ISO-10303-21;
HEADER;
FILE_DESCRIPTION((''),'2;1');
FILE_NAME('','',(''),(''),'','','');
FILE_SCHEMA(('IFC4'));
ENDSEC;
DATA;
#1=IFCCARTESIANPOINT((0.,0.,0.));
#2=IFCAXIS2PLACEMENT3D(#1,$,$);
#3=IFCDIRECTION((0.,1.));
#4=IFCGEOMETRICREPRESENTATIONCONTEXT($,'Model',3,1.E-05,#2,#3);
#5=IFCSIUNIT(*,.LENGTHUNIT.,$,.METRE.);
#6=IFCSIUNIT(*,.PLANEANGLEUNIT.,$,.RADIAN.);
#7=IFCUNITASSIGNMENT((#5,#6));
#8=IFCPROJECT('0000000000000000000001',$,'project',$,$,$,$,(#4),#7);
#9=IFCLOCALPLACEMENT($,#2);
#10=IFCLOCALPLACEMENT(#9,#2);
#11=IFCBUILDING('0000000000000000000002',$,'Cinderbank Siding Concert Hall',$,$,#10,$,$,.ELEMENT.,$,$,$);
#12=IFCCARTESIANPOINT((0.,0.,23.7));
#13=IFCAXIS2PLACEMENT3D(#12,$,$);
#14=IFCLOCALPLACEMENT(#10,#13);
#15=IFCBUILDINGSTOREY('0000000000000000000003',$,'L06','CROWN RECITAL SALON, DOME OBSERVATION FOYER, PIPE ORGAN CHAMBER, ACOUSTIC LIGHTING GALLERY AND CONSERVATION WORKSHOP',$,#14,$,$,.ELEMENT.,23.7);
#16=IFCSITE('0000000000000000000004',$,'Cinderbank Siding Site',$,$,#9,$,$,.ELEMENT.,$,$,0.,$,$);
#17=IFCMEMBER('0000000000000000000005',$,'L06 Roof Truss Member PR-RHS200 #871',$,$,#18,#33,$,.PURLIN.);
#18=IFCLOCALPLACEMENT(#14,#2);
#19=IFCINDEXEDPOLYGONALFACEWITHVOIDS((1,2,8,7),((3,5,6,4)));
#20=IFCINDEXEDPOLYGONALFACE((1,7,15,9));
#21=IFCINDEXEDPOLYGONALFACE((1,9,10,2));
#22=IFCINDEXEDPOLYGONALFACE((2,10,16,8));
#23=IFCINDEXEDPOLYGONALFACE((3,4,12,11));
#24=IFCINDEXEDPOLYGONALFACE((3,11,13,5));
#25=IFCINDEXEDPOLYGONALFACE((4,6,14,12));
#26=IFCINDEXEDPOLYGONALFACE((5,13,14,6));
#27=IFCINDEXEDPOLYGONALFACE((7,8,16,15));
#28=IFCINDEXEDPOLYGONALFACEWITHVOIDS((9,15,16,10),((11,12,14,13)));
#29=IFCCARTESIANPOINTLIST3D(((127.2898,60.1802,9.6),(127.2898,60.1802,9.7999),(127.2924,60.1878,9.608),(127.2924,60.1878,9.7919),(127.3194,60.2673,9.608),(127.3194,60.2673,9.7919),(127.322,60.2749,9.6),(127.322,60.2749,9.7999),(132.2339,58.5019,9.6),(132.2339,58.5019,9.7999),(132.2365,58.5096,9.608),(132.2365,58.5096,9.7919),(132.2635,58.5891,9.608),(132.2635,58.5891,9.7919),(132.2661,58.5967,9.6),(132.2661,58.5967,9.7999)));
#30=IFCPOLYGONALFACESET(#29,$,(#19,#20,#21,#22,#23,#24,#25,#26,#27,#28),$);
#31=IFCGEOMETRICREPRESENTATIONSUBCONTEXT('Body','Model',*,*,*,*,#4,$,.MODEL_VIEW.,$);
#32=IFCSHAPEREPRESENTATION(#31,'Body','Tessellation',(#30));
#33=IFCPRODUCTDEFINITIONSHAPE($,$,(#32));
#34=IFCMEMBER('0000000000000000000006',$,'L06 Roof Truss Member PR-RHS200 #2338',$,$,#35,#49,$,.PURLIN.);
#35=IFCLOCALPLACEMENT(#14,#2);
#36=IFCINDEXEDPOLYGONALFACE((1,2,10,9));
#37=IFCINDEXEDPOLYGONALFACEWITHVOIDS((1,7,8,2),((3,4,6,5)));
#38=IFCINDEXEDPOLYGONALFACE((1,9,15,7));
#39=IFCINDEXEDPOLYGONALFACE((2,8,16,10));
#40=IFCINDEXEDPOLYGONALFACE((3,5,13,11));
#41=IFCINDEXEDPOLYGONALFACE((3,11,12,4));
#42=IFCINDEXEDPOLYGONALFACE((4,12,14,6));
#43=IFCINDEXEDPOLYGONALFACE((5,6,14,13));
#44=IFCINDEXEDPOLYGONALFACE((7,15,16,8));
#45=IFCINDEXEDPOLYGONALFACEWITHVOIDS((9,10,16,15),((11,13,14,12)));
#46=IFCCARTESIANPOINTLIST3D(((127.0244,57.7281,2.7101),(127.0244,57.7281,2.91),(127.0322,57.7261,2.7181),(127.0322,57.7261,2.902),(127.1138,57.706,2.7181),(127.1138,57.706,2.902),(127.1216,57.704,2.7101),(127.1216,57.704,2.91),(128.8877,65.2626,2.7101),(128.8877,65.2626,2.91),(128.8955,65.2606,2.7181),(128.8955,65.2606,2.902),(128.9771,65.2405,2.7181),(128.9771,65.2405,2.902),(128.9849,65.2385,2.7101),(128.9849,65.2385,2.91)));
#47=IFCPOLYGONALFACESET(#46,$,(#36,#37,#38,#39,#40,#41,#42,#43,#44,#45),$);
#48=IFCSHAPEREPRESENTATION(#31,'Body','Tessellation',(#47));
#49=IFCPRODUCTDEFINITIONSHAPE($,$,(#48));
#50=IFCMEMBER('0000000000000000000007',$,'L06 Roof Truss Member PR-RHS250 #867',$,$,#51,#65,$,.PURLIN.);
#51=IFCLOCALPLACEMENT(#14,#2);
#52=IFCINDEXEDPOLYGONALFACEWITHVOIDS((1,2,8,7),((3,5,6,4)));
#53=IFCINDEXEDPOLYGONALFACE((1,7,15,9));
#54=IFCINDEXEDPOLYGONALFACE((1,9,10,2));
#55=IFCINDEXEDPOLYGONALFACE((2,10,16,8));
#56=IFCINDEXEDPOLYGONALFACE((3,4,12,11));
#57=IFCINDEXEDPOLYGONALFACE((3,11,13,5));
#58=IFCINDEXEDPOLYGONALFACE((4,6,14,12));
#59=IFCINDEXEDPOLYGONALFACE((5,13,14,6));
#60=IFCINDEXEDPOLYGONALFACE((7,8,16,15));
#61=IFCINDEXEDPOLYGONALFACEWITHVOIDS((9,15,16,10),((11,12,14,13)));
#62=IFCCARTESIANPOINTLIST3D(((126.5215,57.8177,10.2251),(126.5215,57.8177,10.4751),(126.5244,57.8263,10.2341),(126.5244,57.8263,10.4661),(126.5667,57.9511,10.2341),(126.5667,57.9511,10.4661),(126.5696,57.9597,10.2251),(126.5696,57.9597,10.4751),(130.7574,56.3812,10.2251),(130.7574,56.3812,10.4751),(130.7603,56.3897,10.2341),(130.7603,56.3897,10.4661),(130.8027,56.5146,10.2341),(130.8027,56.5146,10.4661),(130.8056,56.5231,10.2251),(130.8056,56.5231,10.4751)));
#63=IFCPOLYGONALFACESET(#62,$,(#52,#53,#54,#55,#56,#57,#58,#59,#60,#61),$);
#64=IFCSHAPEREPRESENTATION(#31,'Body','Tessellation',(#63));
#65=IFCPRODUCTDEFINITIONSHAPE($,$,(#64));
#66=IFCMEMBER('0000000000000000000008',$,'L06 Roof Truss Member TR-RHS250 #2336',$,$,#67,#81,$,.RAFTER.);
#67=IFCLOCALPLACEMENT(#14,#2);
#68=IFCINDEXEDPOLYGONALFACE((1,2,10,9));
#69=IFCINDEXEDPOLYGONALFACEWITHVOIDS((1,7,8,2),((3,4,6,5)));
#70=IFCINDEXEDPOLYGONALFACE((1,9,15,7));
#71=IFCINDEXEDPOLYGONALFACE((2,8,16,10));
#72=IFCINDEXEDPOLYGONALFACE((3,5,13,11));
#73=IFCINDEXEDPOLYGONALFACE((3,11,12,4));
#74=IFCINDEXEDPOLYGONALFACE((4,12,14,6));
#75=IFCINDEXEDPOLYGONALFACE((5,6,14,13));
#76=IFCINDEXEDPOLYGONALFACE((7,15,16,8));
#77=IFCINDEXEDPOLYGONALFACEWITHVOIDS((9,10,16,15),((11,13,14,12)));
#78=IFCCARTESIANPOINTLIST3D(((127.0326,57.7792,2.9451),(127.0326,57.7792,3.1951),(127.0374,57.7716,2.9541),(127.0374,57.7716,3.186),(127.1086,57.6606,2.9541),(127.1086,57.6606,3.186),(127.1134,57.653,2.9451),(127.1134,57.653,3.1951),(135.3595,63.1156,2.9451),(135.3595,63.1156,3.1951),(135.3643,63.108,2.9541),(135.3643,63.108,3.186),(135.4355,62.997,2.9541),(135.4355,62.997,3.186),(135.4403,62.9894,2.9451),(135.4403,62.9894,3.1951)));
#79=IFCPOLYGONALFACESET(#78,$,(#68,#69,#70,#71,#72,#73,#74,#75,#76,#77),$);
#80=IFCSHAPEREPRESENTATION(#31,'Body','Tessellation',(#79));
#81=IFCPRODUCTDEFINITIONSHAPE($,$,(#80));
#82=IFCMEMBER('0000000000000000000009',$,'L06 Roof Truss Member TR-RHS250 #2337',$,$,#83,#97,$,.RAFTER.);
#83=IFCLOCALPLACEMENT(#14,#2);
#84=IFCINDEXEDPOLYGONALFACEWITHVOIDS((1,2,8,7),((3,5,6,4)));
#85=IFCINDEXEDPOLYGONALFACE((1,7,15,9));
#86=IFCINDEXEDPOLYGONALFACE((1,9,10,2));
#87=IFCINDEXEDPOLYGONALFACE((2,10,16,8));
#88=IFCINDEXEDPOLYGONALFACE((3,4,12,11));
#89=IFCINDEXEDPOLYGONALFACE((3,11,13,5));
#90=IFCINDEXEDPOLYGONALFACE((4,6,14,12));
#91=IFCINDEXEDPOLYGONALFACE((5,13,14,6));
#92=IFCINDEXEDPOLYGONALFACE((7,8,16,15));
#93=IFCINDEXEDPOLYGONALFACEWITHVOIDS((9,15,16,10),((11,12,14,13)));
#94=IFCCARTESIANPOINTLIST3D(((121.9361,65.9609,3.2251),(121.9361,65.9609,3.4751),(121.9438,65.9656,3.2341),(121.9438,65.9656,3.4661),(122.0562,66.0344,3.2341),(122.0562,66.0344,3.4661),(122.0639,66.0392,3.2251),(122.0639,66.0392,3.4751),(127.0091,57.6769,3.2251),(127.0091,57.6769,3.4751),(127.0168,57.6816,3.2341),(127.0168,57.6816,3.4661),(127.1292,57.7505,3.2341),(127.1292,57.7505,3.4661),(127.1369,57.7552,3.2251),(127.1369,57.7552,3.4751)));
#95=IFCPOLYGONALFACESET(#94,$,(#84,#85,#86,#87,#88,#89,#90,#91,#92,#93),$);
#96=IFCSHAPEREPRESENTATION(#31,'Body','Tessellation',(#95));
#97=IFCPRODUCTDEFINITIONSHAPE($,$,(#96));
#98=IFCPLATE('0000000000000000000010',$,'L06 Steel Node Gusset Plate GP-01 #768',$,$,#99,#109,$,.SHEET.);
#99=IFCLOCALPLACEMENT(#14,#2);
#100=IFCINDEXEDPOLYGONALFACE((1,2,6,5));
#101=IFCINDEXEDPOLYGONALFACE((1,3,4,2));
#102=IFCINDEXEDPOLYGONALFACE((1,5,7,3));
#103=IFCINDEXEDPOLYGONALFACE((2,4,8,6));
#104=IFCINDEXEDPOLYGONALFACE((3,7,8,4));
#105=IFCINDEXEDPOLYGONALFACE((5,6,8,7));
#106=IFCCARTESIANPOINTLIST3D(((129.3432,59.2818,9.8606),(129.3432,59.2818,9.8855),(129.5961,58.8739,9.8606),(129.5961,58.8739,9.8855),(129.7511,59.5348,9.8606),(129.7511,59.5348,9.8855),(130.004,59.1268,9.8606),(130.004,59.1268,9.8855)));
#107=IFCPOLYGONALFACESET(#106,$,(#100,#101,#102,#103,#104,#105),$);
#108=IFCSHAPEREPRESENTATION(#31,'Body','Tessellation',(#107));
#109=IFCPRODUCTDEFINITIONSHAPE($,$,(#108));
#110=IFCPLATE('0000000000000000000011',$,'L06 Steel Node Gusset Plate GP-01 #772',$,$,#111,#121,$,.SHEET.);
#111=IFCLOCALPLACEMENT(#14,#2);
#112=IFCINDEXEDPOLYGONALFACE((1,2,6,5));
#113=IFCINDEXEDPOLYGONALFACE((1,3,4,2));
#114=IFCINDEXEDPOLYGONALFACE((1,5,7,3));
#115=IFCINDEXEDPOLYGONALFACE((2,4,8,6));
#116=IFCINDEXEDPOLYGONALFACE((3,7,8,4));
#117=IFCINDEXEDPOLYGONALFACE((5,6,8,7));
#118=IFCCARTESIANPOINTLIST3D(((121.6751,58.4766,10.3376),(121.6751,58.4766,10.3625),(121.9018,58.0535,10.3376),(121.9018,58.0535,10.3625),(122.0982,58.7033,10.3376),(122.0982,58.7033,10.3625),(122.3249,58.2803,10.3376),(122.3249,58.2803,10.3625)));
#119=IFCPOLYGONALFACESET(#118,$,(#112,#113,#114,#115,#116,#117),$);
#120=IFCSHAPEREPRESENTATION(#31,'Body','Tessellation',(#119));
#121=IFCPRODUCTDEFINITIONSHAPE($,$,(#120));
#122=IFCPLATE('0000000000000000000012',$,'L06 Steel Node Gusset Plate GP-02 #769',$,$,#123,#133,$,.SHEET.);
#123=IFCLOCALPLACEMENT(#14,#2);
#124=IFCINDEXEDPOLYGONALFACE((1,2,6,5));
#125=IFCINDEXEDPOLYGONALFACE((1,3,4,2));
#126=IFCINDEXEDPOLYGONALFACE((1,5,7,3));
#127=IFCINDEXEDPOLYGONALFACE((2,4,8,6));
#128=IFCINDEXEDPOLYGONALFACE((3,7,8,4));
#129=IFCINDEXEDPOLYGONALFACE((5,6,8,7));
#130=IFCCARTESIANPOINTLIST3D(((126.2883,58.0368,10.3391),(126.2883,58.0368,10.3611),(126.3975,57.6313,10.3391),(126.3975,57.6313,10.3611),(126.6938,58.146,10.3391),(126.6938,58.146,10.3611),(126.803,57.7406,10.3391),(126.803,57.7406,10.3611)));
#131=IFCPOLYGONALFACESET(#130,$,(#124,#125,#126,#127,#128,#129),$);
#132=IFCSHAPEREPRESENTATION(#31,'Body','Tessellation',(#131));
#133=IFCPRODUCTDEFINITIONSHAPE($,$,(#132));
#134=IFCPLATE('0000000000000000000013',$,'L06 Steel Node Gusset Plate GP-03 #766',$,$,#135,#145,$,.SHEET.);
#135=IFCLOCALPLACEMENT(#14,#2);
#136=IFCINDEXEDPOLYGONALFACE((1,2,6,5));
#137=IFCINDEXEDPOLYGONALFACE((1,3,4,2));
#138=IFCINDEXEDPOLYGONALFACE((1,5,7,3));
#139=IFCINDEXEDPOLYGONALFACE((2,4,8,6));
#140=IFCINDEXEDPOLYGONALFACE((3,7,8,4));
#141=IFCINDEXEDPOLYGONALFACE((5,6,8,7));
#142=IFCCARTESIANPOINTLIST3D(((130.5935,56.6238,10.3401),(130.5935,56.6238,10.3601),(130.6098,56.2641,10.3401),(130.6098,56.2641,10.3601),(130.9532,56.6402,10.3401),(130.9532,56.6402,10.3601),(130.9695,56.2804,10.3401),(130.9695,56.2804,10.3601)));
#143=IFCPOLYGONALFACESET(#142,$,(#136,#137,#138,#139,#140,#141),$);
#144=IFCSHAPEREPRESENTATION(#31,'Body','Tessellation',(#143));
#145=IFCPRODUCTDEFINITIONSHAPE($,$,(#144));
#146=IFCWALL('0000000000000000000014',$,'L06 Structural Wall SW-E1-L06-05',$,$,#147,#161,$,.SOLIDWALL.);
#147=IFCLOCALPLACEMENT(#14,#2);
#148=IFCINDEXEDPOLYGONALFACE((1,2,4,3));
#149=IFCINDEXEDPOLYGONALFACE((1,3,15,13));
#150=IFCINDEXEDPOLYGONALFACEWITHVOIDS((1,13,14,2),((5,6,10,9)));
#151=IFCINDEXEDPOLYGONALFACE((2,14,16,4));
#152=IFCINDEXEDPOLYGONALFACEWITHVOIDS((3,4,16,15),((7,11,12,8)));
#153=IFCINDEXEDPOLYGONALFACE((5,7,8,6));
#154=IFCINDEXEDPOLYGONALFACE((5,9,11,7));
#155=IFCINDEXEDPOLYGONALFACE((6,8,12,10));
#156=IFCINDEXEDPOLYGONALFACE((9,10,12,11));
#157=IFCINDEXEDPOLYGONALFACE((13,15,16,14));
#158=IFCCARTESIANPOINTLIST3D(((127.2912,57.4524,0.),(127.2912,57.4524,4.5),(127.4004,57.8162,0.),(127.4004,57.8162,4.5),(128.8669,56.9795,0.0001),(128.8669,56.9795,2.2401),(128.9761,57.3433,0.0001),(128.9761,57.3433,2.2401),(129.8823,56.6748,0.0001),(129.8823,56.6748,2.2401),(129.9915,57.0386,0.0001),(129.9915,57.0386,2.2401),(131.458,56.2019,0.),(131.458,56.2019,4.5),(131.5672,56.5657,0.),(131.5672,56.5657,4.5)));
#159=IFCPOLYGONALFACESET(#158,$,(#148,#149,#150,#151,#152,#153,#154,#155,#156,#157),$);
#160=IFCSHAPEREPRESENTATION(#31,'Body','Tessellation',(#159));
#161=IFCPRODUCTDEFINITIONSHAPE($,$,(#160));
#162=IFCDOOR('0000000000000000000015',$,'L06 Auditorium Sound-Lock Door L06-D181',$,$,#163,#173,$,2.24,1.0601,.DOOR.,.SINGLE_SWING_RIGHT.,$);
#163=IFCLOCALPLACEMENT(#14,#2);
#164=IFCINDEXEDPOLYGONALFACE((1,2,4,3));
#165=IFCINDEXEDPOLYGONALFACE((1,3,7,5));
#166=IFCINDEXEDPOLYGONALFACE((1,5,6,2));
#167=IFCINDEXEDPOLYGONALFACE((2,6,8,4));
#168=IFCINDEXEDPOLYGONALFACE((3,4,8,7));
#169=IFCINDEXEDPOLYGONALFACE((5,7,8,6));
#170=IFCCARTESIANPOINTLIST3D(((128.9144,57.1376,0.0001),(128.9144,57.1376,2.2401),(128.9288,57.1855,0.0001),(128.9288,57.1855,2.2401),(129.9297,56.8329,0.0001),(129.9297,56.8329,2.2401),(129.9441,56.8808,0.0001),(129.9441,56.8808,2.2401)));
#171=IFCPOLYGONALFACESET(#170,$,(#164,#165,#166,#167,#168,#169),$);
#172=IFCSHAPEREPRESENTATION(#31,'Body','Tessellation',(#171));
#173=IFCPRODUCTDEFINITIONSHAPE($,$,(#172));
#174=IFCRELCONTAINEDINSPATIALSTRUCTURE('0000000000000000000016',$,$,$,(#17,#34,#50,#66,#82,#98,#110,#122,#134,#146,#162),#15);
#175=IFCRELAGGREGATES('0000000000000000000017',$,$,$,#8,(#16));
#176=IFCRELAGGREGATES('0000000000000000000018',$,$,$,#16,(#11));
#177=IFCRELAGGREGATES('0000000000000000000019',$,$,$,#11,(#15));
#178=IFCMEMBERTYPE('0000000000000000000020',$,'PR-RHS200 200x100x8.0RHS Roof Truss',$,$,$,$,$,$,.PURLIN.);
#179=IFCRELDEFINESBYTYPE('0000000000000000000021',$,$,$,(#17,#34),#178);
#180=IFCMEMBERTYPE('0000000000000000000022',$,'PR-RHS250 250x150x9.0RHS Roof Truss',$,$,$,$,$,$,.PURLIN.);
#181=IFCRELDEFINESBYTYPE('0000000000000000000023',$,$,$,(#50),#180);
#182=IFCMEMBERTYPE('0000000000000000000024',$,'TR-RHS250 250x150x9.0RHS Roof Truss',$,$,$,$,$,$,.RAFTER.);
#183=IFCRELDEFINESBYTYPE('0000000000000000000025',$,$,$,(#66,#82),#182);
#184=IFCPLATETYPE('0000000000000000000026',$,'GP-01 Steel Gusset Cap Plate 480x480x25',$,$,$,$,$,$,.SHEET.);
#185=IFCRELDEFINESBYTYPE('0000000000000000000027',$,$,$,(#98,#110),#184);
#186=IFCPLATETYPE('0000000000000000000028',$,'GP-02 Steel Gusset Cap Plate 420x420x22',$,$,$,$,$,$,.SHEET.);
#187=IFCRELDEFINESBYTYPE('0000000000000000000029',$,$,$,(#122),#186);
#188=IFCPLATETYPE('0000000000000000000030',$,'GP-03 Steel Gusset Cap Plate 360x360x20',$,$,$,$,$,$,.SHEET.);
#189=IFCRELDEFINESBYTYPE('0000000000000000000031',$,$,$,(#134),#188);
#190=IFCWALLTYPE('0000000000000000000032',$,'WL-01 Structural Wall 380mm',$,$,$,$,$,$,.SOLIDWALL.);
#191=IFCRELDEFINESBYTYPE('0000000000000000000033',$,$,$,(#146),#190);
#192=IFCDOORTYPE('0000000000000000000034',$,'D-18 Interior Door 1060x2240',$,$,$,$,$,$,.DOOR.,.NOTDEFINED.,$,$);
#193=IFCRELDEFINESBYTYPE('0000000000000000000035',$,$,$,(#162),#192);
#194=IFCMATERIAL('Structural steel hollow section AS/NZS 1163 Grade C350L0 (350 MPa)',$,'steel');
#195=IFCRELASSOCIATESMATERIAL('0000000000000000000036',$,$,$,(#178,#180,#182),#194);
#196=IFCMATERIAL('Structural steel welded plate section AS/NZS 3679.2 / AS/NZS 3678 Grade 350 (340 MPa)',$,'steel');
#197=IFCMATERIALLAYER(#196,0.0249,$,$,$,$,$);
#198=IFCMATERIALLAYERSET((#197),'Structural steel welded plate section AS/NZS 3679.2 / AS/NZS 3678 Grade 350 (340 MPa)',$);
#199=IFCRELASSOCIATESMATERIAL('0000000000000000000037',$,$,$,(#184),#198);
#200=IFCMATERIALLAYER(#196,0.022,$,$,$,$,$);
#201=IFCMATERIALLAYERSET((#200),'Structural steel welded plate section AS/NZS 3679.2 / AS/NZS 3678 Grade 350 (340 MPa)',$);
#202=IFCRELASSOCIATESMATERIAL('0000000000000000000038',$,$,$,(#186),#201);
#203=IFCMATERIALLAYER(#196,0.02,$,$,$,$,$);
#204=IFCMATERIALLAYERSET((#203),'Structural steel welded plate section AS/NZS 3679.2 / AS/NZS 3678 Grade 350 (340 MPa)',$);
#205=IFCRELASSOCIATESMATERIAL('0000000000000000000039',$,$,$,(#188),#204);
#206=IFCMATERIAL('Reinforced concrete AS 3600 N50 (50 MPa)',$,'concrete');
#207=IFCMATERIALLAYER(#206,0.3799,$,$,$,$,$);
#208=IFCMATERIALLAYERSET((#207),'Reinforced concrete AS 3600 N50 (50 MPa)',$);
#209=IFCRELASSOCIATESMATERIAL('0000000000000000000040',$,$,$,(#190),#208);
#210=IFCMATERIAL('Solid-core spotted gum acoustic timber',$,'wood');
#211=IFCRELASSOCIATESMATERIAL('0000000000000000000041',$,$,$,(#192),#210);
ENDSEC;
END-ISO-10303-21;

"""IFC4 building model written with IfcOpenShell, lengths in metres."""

from ifc_helpers import new_model, si_unit, direction, frame, frame_2d, origin, origin_2d, place, context, subcontext, project, spatial, rectangle, hollow_rectangle, extrude, material, layer, layer_set, material_profile, profile_set, type_object, element, fill, save


model = new_model("IFC4")

# Units and contexts
model_context = context("Model", 3, precision=1e-05, world=origin(), true_north=direction((0.0, 1.0)))
body_context = subcontext(model_context, "Body", "Model", "MODEL_VIEW")
ifc_project = project(units=[si_unit("LENGTHUNIT", "METRE"), si_unit("PLANEANGLEUNIT", "RADIAN")], contexts=[model_context])

# Site, building, storey
site_placement = place(None, origin())
site = spatial("IfcSite", under=ifc_project, at=site_placement, Name="Cinderbank Siding Site", CompositionType="ELEMENT", RefElevation=0.0)
building_placement = place(site_placement, origin())
building = spatial("IfcBuilding", under=site, at=building_placement, Name="Cinderbank Siding Concert Hall", CompositionType="ELEMENT")
storey_placement = place(building_placement, frame((0.0, 0.0, 23.7)))
storey = spatial("IfcBuildingStorey", under=building, at=storey_placement, Name="L06", Description="CROWN RECITAL SALON, DOME OBSERVATION FOYER, PIPE ORGAN CHAMBER, ACOUSTIC LIGHTING GALLERY AND CONSERVATION WORKSHOP", CompositionType="ELEMENT", Elevation=23.7)

# Shared definitions
ifc_material_1 = material(Name="Reinforced concrete AS 3600 N50 (50 MPa)", Category="concrete")

# Shared definitions
ifc_material_2 = material(Name="Structural steel welded plate section AS/NZS 3679.2 / AS/NZS 3678 Grade 350 (340 MPa)", Category="steel")

# Members
ifc_material_3 = material(Name="Structural steel hollow section AS/NZS 1163 Grade C350L0 (350 MPa)", Category="steel")
ifc_material_profile_1 = material_profile(ifc_material_3, hollow_rectangle(XDim=0.1001, YDim=0.2, WallThickness=0.0081, at=origin_2d()), Name="200x100x8.0RHS", Category="LoadBearing")
ifc_profile_set_1 = profile_set([ifc_material_profile_1], Name="Structural steel hollow section AS/NZS 1163 Grade C350L0 (350 MPa)")
member_type_1 = type_object("IfcMemberType", Name="PR-RHS200 200x100x8.0RHS Roof Truss", PredefinedType="PURLIN", material=ifc_profile_set_1)
member_1_placement = place(storey_placement, frame((132.25, 58.5493, 9.7), z_axis=(-0.946934, 0.321427, 0.0), x_axis=(-0.321427, -0.946934, 0.0)))
element("IfcMember", 1, at=member_1_placement, inside=storey, type_object=member_type_1, Name="L06 Roof Truss Member PR-RHS200 #871", PredefinedType="PURLIN", context=body_context, shape_type="SweptSolid", body=[
    extrude(hollow_rectangle(XDim=0.1001, YDim=0.2, WallThickness=0.0081, at=origin_2d()), origin(), (0.0, 0.0, 1.0), 5.2212),
])
member_2_placement = place(storey_placement, frame((127.073, 57.7161, 2.8101), z_axis=(0.24007, 0.970756, 0.0), x_axis=(-0.970756, 0.24007, 0.0)))
element("IfcMember", 2, at=member_2_placement, inside=storey, type_object=member_type_1, Name="L06 Roof Truss Member PR-RHS200 #2338", PredefinedType="PURLIN", context=body_context, shape_type="SweptSolid", body=[
    extrude(hollow_rectangle(XDim=0.1001, YDim=0.2, WallThickness=0.0081, at=origin_2d()), origin(), (0.0, 0.0, 1.0), 7.7615),
])
ifc_material_profile_2 = material_profile(ifc_material_3, hollow_rectangle(XDim=0.1499, YDim=0.25, WallThickness=0.009, at=origin_2d()), Name="250x150x9.0RHS", Category="LoadBearing")
ifc_profile_set_2 = profile_set([ifc_material_profile_2], Name="Structural steel hollow section AS/NZS 1163 Grade C350L0 (350 MPa)")
member_type_2 = type_object("IfcMemberType", Name="PR-RHS250 250x150x9.0RHS Roof Truss", PredefinedType="PURLIN", material=ifc_profile_set_2)
member_3_placement = place(storey_placement, frame((130.7815, 56.4521, 10.3501), z_axis=(-0.947022, 0.321169, 0.0), x_axis=(-0.321169, -0.947022, 0.0)))
element("IfcMember", 3, at=member_3_placement, inside=storey, type_object=member_type_2, Name="L06 Roof Truss Member PR-RHS250 #867", PredefinedType="PURLIN", context=body_context, shape_type="SweptSolid", body=[
    extrude(hollow_rectangle(XDim=0.1499, YDim=0.25, WallThickness=0.009, at=origin_2d()), origin(), (0.0, 0.0, 1.0), 4.4729),
])
ifc_material_profile_3 = material_profile(ifc_material_3, hollow_rectangle(XDim=0.1499, YDim=0.25, WallThickness=0.009, at=origin_2d()), Name="250x150x9.0RHS", Category="LoadBearing")
ifc_profile_set_3 = profile_set([ifc_material_profile_3], Name="Structural steel hollow section AS/NZS 1163 Grade C350L0 (350 MPa)")
member_type_3 = type_object("IfcMemberType", Name="TR-RHS250 250x150x9.0RHS Roof Truss", PredefinedType="RAFTER", material=ifc_profile_set_3)
member_4_placement = place(storey_placement, frame((127.073, 57.7161, 3.0701), z_axis=(0.84194, 0.539571, 0.0), x_axis=(-0.539571, 0.84194, 0.0)))
element("IfcMember", 4, at=member_4_placement, inside=storey, type_object=member_type_3, Name="L06 Roof Truss Member TR-RHS250 #2336", PredefinedType="RAFTER", context=body_context, shape_type="SweptSolid", body=[
    extrude(hollow_rectangle(XDim=0.1499, YDim=0.25, WallThickness=0.009, at=origin_2d()), origin(), (0.0, 0.0, 1.0), 9.8901),
])
member_5_placement = place(storey_placement, frame((127.073, 57.7161, 3.3501), z_axis=(-0.522244, 0.852796, 0.0), x_axis=(-0.852796, -0.522244, 0.0)))
element("IfcMember", 5, at=member_5_placement, inside=storey, type_object=member_type_3, Name="L06 Roof Truss Member TR-RHS250 #2337", PredefinedType="RAFTER", context=body_context, shape_type="SweptSolid", body=[
    extrude(hollow_rectangle(XDim=0.1499, YDim=0.25, WallThickness=0.009, at=origin_2d()), origin(), (0.0, 0.0, 1.0), 9.7139),
])

# Plates
ifc_layer_1 = layer(ifc_material_2, 0.0249)
ifc_layer_set_1 = layer_set([ifc_layer_1], Name="Structural steel welded plate section AS/NZS 3679.2 / AS/NZS 3678 Grade 350 (340 MPa)")
plate_type_1 = type_object("IfcPlateType", Name="GP-01 Steel Gusset Cap Plate 480x480x25", PredefinedType="SHEET", material=ifc_layer_set_1)
for number, where, z_axis, x_axis, name in (
    (6, (129.6736, 59.2043, 9.8606), (0.0, 0.0, 1.0), (0.526956, -0.849893, 0.0), "L06 Steel Node Gusset Plate GP-01 #768"),
    (7, (122.0, 58.3784, 10.3376), (0.0, 0.0, 1.0), (-0.881386, -0.472397, 0.0), "L06 Steel Node Gusset Plate GP-01 #772"),
):
    element("IfcPlate", number, at=place(storey_placement, frame(where, z_axis=z_axis, x_axis=x_axis)), inside=storey, type_object=plate_type_1, Name=name, PredefinedType="SHEET", context=body_context, shape_type="SweptSolid", body=[
        extrude(rectangle(XDim=0.48, YDim=0.48, at=origin_2d()), origin(), (0.0, 0.0, 1.0), 0.0249),
    ])
ifc_layer_2 = layer(ifc_material_2, 0.022)
ifc_layer_set_2 = layer_set([ifc_layer_2], Name="Structural steel welded plate section AS/NZS 3679.2 / AS/NZS 3678 Grade 350 (340 MPa)")
plate_type_2 = type_object("IfcPlateType", Name="GP-02 Steel Gusset Cap Plate 420x420x22", PredefinedType="SHEET", material=ifc_layer_set_2)
plate_1_placement = place(storey_placement, frame((126.5457, 57.8887, 10.3391), z_axis=(0.0, 0.0, 1.0), x_axis=(-0.965564, -0.260167, 0.0)))
element("IfcPlate", 8, at=plate_1_placement, inside=storey, type_object=plate_type_2, Name="L06 Steel Node Gusset Plate GP-02 #769", PredefinedType="SHEET", context=body_context, shape_type="SweptSolid", body=[
    extrude(rectangle(XDim=0.4199, YDim=0.4199, at=origin_2d()), origin(), (0.0, 0.0, 1.0), 0.022),
])
ifc_layer_3 = layer(ifc_material_2, 0.02)
ifc_layer_set_3 = layer_set([ifc_layer_3], Name="Structural steel welded plate section AS/NZS 3679.2 / AS/NZS 3678 Grade 350 (340 MPa)")
plate_type_3 = type_object("IfcPlateType", Name="GP-03 Steel Gusset Cap Plate 360x360x20", PredefinedType="SHEET", material=ifc_layer_set_3)
plate_2_placement = place(storey_placement, frame((130.7815, 56.4521, 10.3401), z_axis=(0.0, 0.0, 1.0), x_axis=(-0.998971, -0.045363, 0.0)))
element("IfcPlate", 9, at=plate_2_placement, inside=storey, type_object=plate_type_3, Name="L06 Steel Node Gusset Plate GP-03 #766", PredefinedType="SHEET", context=body_context, shape_type="SweptSolid", body=[
    extrude(rectangle(XDim=0.3601, YDim=0.3601, at=origin_2d()), origin(), (0.0, 0.0, 1.0), 0.02),
])

# Wall, opening, door
ifc_layer_4 = layer(ifc_material_1, 0.3799)
ifc_layer_set_4 = layer_set([ifc_layer_4], Name="Reinforced concrete AS 3600 N50 (50 MPa)")
wall_type_1 = type_object("IfcWallType", Name="WL-01 Structural Wall 380mm", PredefinedType="SOLIDWALL", material=ifc_layer_set_4)
wall_1_placement = place(storey_placement, frame((131.5127, 56.3838, 0.0), z_axis=(0.0, 0.0, 1.0), x_axis=(-0.957797, 0.287446, 0.0)))
wall_1 = element("IfcWall", 10, at=wall_1_placement, inside=storey, type_object=wall_type_1, Name="L06 Structural Wall SW-E1-L06-05", PredefinedType="SOLIDWALL", context=body_context, shape_type="SweptSolid", body=[
    extrude(rectangle(XDim=4.3503, YDim=0.3799, at=frame_2d((2.1753, 0.0))), origin(), (0.0, 0.0, 1.0), 4.5),
])
opening_1_placement = place(wall_1_placement, frame((1.6453, 0.0, 0.0)))
opening_1 = element("IfcOpeningElement", 11, at=opening_1_placement, cuts=wall_1, PredefinedType="OPENING", context=body_context, shape_type="SweptSolid", body=[
    extrude(rectangle(XDim=1.0601, YDim=2.24, at=frame_2d((0.53, 1.1201))), frame((0.0, 0.2019, 0.0), z_axis=(0.0, -1.0, 0.0), x_axis=(1.0, 0.0, 0.0)), (0.0, 0.0, 1.0), 0.4038),
])
ifc_material_4 = material(Name="Solid-core spotted gum acoustic timber", Category="wood")
door_type_1 = type_object("IfcDoorType", Name="D-18 Interior Door 1060x2240", OperationType="NOTDEFINED", PredefinedType="DOOR", material=ifc_material_4)
door_1_placement = place(opening_1_placement, origin())
door_1 = element("IfcDoor", 12, at=door_1_placement, inside=storey, type_object=door_type_1, Name="L06 Auditorium Sound-Lock Door L06-D181", OperationType="SINGLE_SWING_RIGHT", OverallHeight=2.24, OverallWidth=1.0601, PredefinedType="DOOR", context=body_context, shape_type="SweptSolid", body=[
    extrude(rectangle(XDim=1.0601, YDim=2.24, at=frame_2d((0.53, 1.1201))), frame((0.0, 0.0249, 0.0), z_axis=(0.0, -1.0, 0.0), x_axis=(1.0, 0.0, 0.0)), (0.0, 0.0, 1.0), 0.05),
])
fill(opening_1, door_1)

save(model, "model.ifc")
